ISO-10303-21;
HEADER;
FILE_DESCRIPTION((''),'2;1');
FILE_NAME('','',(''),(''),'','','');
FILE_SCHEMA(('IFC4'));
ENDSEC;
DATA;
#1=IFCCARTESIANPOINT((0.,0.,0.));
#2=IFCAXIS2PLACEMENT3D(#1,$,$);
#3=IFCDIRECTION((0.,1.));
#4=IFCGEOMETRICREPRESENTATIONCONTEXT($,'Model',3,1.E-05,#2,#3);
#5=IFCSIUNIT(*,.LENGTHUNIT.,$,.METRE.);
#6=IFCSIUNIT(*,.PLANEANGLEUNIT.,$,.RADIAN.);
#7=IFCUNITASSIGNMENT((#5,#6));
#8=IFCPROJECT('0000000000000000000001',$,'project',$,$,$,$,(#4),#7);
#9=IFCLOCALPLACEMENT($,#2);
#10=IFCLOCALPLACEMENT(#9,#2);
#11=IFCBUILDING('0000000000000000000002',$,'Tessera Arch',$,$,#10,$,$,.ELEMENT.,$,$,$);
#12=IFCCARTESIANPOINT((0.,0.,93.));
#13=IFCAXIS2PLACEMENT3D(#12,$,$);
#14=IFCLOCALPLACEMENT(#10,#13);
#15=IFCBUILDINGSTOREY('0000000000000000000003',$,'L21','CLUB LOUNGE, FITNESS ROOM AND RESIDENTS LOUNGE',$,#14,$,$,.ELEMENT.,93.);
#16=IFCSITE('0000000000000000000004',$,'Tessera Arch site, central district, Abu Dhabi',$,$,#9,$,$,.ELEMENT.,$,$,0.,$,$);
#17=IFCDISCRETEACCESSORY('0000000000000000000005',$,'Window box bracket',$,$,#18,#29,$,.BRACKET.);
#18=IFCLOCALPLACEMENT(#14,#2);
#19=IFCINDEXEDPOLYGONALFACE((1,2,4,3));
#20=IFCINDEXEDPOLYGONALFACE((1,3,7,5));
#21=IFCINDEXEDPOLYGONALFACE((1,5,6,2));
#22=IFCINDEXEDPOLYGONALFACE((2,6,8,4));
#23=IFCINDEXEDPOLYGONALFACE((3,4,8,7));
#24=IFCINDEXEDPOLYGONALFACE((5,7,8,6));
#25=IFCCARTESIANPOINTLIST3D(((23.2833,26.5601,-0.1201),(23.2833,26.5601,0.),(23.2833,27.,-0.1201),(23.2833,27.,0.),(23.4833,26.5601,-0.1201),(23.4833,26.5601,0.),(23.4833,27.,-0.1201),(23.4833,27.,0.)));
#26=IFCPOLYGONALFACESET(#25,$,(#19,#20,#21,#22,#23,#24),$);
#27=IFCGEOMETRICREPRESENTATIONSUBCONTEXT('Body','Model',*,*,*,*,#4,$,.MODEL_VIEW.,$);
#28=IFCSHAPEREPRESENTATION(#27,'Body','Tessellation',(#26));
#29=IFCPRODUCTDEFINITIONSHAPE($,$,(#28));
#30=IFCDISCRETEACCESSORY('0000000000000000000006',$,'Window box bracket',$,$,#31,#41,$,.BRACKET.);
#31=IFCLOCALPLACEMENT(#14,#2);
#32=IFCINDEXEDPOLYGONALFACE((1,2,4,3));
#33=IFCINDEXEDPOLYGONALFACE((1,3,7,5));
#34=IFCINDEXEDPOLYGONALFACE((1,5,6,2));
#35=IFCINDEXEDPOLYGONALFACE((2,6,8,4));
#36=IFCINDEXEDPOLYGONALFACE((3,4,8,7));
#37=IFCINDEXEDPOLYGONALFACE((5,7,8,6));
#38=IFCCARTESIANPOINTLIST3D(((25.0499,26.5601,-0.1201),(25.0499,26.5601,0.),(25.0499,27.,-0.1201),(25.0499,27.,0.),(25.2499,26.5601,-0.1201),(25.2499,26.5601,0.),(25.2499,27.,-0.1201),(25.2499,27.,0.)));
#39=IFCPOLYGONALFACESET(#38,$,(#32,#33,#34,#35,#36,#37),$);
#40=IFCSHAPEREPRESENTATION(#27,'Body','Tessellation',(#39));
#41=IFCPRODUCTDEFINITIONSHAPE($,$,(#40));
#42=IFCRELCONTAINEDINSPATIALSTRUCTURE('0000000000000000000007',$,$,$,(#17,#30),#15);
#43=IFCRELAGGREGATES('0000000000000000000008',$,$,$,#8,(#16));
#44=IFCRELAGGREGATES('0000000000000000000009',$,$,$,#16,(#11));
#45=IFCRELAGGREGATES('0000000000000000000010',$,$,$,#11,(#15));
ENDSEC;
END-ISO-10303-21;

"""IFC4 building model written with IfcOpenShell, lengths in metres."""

from ifc_helpers import new_model, si_unit, direction, frame, origin, origin_2d, place, context, subcontext, project, spatial, rectangle, extrude, element, save


model = new_model("IFC4")

# Units and contexts
model_context = context("Model", 3, precision=1e-05, world=origin(), true_north=direction((0.0, 1.0)))
body_context = subcontext(model_context, "Body", "Model", "MODEL_VIEW")
ifc_project = project(units=[si_unit("LENGTHUNIT", "METRE"), si_unit("PLANEANGLEUNIT", "RADIAN")], contexts=[model_context])

# Site, building, storey
site_placement = place(None, origin())
site = spatial("IfcSite", under=ifc_project, at=site_placement, Name="Tessera Arch site, central district, Abu Dhabi", CompositionType="ELEMENT", RefElevation=0.0)
building_placement = place(site_placement, origin())
building = spatial("IfcBuilding", under=site, at=building_placement, Name="Tessera Arch", CompositionType="ELEMENT")
storey_placement = place(building_placement, frame((0.0, 0.0, 93.0)))
storey = spatial("IfcBuildingStorey", under=building, at=storey_placement, Name="L21", Description="CLUB LOUNGE, FITNESS ROOM AND RESIDENTS LOUNGE", CompositionType="ELEMENT", Elevation=93.0)

# Discrete accessories
for number, where, z_axis, x_axis, name in (
    (1, (23.3833, 26.78, -0.1201), (0.0, 0.0, 1.0), (0.0, -1.0, 0.0), "Window box bracket"),
    (2, (25.1499, 26.78, -0.1201), (0.0, 0.0, 1.0), (0.0, -1.0, 0.0), "Window box bracket"),
):
    element("IfcDiscreteAccessory", number, at=place(storey_placement, frame(where, z_axis=z_axis, x_axis=x_axis)), inside=storey, Name=name, PredefinedType="BRACKET", context=body_context, shape_type="SweptSolid", body=[
        extrude(rectangle(XDim=0.4399, YDim=0.2, at=origin_2d()), origin(), (0.0, 0.0, 1.0), 0.1201),
    ])

save(model, "model.ifc")
